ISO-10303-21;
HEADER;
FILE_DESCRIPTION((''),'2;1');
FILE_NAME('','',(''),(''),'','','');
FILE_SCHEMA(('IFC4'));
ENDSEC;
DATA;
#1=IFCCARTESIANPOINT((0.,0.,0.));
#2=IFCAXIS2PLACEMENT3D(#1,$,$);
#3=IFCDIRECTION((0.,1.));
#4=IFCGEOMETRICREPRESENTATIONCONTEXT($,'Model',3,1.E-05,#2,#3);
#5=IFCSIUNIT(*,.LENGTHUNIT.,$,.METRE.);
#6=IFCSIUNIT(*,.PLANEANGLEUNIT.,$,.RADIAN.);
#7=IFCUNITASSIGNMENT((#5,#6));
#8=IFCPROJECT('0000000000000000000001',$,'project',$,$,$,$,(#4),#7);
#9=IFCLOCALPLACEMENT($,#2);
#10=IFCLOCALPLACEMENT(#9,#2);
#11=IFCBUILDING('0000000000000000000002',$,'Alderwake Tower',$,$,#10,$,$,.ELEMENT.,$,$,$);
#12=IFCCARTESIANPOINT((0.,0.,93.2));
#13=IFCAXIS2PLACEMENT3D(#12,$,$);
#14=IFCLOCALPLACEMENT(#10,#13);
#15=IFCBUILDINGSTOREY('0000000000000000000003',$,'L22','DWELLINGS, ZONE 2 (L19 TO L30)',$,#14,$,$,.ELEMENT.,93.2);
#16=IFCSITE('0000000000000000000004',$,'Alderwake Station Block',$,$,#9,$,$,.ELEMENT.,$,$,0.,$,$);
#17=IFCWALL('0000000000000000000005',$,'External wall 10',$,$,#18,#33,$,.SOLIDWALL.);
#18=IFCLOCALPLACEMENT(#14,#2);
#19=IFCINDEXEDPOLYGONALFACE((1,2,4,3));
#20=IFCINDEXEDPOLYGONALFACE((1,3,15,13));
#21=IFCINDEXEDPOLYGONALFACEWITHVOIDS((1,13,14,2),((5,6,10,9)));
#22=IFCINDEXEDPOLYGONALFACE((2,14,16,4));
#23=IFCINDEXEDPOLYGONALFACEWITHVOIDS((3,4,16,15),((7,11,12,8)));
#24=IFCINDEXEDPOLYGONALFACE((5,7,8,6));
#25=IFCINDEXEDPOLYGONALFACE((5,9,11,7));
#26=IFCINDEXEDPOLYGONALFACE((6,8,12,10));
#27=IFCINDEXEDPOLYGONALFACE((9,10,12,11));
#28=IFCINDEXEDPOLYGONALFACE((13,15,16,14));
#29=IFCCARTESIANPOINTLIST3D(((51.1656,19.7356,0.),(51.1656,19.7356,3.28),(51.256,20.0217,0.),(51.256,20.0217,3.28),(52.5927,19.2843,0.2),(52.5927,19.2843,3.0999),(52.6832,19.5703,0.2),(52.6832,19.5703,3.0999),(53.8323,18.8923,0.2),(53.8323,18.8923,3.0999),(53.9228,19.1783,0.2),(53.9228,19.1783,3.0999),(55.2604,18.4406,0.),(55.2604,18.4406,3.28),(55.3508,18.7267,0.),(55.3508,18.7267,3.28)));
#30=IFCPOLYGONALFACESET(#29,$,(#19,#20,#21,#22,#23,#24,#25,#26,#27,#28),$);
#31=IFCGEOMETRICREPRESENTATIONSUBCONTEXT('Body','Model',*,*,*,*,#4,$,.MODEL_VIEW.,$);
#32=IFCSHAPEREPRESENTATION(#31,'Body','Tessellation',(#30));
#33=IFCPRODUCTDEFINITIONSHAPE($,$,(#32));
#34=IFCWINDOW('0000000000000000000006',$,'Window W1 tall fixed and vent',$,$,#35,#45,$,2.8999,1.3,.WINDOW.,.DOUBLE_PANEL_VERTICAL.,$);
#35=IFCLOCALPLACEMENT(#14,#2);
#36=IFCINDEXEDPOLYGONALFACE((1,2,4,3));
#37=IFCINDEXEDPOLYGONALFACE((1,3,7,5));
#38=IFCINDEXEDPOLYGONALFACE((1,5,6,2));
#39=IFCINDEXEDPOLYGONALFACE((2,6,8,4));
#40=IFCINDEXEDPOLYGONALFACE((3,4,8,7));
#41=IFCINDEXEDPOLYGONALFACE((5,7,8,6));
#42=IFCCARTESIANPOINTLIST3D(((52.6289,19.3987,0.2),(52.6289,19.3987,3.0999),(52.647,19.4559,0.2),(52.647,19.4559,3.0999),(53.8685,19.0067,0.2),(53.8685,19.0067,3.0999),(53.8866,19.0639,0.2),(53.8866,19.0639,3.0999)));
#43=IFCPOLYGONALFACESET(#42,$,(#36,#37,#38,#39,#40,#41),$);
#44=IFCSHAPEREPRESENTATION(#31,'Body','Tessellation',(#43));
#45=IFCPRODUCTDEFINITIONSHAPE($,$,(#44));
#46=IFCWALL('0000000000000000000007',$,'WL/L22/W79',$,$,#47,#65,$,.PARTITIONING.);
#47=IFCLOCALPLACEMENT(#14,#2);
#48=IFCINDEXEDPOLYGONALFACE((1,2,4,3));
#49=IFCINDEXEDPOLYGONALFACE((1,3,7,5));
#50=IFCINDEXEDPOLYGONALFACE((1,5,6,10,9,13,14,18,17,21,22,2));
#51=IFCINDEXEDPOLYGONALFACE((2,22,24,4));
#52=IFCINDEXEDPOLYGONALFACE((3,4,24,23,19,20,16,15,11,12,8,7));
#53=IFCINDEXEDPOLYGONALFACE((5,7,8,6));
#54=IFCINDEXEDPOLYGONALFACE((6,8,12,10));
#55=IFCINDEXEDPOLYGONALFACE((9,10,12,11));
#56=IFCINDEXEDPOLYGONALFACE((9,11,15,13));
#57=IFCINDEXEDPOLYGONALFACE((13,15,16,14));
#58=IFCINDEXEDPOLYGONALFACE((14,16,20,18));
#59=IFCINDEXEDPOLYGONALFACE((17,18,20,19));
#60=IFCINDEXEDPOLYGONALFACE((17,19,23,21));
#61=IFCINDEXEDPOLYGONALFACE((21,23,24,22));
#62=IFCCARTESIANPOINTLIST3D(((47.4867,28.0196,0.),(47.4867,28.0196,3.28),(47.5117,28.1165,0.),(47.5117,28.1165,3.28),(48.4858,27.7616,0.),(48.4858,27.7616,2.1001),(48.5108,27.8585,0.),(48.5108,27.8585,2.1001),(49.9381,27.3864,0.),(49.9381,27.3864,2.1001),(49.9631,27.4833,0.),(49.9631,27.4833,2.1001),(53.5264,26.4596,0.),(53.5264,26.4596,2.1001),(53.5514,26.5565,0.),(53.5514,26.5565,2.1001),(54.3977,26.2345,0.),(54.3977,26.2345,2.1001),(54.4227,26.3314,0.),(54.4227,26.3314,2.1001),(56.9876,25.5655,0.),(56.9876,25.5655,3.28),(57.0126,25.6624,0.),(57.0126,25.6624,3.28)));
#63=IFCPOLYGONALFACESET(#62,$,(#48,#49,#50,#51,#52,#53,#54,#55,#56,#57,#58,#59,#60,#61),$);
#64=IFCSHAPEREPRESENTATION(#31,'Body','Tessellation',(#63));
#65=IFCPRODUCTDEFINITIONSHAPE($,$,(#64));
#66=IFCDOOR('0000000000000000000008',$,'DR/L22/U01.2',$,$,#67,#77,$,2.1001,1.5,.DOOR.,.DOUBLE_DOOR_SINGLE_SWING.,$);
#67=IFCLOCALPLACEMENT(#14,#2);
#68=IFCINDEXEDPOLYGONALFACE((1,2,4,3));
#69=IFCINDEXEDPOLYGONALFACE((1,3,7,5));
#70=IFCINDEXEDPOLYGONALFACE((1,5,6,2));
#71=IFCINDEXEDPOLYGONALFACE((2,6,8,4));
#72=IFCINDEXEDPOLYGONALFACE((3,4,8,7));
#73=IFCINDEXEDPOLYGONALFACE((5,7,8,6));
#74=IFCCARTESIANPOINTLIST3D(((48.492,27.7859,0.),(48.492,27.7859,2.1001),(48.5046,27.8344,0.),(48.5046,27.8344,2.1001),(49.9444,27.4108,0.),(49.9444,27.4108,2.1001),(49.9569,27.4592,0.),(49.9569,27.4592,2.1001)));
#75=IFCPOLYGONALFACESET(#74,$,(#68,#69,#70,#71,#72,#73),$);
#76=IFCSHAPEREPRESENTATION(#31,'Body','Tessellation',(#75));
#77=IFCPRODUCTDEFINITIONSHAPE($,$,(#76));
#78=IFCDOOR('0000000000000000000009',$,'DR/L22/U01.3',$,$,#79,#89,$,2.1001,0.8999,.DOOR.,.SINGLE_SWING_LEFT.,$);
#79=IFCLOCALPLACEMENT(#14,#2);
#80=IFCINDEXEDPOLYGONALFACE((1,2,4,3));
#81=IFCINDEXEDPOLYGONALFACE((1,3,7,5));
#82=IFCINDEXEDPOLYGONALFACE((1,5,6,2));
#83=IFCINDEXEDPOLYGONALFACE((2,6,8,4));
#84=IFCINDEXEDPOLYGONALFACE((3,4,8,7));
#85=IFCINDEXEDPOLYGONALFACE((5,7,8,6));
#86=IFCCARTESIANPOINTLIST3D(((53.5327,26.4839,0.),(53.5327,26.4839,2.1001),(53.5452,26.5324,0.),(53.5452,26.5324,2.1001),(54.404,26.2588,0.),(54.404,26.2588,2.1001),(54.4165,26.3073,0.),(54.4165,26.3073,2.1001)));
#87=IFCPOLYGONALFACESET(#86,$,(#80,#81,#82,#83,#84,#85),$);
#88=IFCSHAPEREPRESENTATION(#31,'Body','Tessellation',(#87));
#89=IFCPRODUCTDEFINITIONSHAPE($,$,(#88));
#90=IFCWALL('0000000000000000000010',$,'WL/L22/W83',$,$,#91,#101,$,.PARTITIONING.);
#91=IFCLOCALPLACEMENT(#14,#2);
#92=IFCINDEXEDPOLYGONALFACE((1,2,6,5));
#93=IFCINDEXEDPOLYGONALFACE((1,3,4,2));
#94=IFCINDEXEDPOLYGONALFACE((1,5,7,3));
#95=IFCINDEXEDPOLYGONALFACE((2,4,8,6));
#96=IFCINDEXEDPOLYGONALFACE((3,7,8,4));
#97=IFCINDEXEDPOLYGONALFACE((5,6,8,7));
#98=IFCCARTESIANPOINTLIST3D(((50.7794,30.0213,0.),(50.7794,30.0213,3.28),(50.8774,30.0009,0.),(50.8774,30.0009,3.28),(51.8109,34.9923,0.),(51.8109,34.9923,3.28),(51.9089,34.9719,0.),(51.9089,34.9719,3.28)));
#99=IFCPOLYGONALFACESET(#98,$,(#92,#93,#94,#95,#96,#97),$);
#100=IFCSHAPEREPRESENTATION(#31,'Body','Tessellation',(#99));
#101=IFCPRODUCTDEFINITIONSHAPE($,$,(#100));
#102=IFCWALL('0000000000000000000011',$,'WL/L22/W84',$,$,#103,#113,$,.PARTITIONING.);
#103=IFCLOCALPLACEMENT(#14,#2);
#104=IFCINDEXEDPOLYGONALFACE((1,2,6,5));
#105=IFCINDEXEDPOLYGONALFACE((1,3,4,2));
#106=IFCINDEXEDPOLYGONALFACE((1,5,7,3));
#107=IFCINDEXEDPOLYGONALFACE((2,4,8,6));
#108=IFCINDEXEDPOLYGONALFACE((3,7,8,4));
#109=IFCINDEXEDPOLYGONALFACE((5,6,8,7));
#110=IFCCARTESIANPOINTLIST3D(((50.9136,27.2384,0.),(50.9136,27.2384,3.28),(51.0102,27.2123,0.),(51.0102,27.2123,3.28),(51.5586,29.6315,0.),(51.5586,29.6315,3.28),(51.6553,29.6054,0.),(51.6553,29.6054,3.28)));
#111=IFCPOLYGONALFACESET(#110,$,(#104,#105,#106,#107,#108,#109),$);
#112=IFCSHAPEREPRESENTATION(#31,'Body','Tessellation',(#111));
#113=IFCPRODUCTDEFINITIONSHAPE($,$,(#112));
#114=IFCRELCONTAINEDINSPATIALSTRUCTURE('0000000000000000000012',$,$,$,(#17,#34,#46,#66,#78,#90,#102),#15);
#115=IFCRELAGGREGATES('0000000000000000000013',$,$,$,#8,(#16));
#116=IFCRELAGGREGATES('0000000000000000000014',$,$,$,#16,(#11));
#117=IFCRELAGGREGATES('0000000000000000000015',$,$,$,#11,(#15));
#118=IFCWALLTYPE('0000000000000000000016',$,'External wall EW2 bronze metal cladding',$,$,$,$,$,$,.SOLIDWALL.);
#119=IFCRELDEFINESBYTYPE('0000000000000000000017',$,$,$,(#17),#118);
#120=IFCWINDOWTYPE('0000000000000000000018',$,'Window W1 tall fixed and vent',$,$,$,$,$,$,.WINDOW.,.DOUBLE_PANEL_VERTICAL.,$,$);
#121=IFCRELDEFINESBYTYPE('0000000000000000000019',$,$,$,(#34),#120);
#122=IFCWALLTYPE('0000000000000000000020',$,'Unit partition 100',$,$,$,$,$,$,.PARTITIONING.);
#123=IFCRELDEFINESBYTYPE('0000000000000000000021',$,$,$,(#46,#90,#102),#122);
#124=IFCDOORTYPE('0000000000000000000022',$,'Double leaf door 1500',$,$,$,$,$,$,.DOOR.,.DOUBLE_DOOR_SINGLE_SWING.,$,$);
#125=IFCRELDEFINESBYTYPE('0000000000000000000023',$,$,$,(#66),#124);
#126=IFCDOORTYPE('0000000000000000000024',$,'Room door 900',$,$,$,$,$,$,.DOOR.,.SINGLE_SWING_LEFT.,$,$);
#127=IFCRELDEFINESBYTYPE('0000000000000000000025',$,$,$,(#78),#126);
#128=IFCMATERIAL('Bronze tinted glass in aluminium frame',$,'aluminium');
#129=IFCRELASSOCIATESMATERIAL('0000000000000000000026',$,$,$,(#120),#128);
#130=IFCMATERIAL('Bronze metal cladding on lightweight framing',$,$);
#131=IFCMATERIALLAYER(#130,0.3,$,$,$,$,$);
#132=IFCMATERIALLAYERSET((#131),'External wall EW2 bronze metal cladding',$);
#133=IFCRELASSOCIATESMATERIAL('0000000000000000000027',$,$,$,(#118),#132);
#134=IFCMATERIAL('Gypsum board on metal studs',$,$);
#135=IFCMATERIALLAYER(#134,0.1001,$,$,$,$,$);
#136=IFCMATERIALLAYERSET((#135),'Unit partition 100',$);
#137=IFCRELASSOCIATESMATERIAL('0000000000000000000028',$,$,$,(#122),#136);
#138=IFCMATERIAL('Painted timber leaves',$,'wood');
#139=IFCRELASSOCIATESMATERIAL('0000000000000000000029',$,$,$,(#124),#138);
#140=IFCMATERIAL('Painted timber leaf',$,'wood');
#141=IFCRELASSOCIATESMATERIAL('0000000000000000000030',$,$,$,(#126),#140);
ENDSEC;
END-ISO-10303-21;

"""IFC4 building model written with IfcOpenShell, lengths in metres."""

from ifc_helpers import new_model, si_unit, direction, frame, frame_2d, origin, place, context, subcontext, project, spatial, rectangle, extrude, material, layer, layer_set, type_object, element, fill, save


model = new_model("IFC4")

# Units and contexts
model_context = context("Model", 3, precision=1e-05, world=origin(), true_north=direction((0.0, 1.0)))
body_context = subcontext(model_context, "Body", "Model", "MODEL_VIEW")
ifc_project = project(units=[si_unit("LENGTHUNIT", "METRE"), si_unit("PLANEANGLEUNIT", "RADIAN")], contexts=[model_context])

# Site, building, storey
site_placement = place(None, origin())
site = spatial("IfcSite", under=ifc_project, at=site_placement, Name="Alderwake Station Block", CompositionType="ELEMENT", RefElevation=0.0)
building_placement = place(site_placement, origin())
building = spatial("IfcBuilding", under=site, at=building_placement, Name="Alderwake Tower", CompositionType="ELEMENT")
storey_placement = place(building_placement, frame((0.0, 0.0, 93.2)))
storey = spatial("IfcBuildingStorey", under=building, at=storey_placement, Name="L22", Description="DWELLINGS, ZONE 2 (L19 TO L30)", CompositionType="ELEMENT", Elevation=93.2)

# Shared definitions
ifc_material_1 = material(Name="Bronze tinted glass in aluminium frame", Category="aluminium")
window_type = type_object("IfcWindowType", Name="Window W1 tall fixed and vent", PartitioningType="DOUBLE_PANEL_VERTICAL", PredefinedType="WINDOW", material=ifc_material_1)

# Wall, opening, window
ifc_material_2 = material(Name="Bronze metal cladding on lightweight framing")
ifc_layer_1 = layer(ifc_material_2, 0.3)
ifc_layer_set_1 = layer_set([ifc_layer_1], Name="External wall EW2 bronze metal cladding")
wall_type_1 = type_object("IfcWallType", Name="External wall EW2 bronze metal cladding", PredefinedType="SOLIDWALL", material=ifc_layer_set_1)
wall_1_placement = place(storey_placement, frame((51.2107, 19.8787, 0.0), z_axis=(0.0, 0.0, 1.0), x_axis=(0.953459, -0.301523, 0.0)))
wall_1 = element("IfcWall", 1, at=wall_1_placement, inside=storey, type_object=wall_type_1, Name="External wall 10", PredefinedType="SOLIDWALL", context=body_context, shape_type="SweptSolid", body=[
    extrude(rectangle(XDim=4.2947, YDim=0.3, at=frame_2d((2.1475, 0.0))), origin(), (0.0, 0.0, 1.0), 3.28),
])
opening_1_placement = place(wall_1_placement, frame((1.4971, 0.0, 0.2)))
opening_1 = element("IfcOpeningElement", 2, at=opening_1_placement, cuts=wall_1, PredefinedType="OPENING", context=body_context, shape_type="SweptSolid", body=[
    extrude(rectangle(XDim=1.3, YDim=2.8999, at=frame_2d((0.6499, 1.45))), frame((0.0, 0.1599, 0.0), z_axis=(0.0, -1.0, 0.0), x_axis=(1.0, 0.0, 0.0)), (0.0, 0.0, 1.0), 0.3201),
])
window_1_placement = place(opening_1_placement, origin())
window_1 = element("IfcWindow", 3, at=window_1_placement, inside=storey, type_object=window_type, Name="Window W1 tall fixed and vent", OverallHeight=2.8999, OverallWidth=1.3, PartitioningType="DOUBLE_PANEL_VERTICAL", PredefinedType="WINDOW", context=body_context, shape_type="SweptSolid", body=[
    extrude(rectangle(XDim=1.3, YDim=2.8999, at=frame_2d((0.6499, 1.45))), frame((0.0, 0.03, 0.0), z_axis=(0.0, -1.0, 0.0), x_axis=(1.0, 0.0, 0.0)), (0.0, 0.0, 1.0), 0.0601),
])
fill(opening_1, window_1)

# Wall, openings, doors
ifc_material_3 = material(Name="Gypsum board on metal studs")
ifc_layer_2 = layer(ifc_material_3, 0.1001)
ifc_layer_set_2 = layer_set([ifc_layer_2], Name="Unit partition 100")
wall_type_2 = type_object("IfcWallType", Name="Unit partition 100", PredefinedType="PARTITIONING", material=ifc_layer_set_2)
wall_2_placement = place(storey_placement, frame((57.0, 25.614, 0.0), z_axis=(0.0, 0.0, 1.0), x_axis=(-0.968222, 0.250092, 0.0)))
wall_2 = element("IfcWall", 4, at=wall_2_placement, inside=storey, type_object=wall_type_2, Name="WL/L22/W79", PredefinedType="PARTITIONING", context=body_context, shape_type="SweptSolid", body=[
    extrude(rectangle(XDim=9.8127, YDim=0.1001, at=frame_2d((4.9062, 0.0))), origin(), (0.0, 0.0, 1.0), 3.28),
])
opening_2_placement = place(wall_2_placement, frame((7.2808, 0.0, 0.0)))
opening_2 = element("IfcOpeningElement", 5, at=opening_2_placement, cuts=wall_2, PredefinedType="OPENING", context=body_context, shape_type="SweptSolid", body=[
    extrude(rectangle(XDim=1.5, YDim=2.1001, at=frame_2d((0.75, 1.05))), frame((0.0, 0.0601, 0.0), z_axis=(0.0, -1.0, 0.0), x_axis=(1.0, 0.0, 0.0)), (0.0, 0.0, 1.0), 0.1201),
])
opening_3_placement = place(wall_2_placement, frame((2.6748, 0.0, 0.0)))
opening_3 = element("IfcOpeningElement", 6, at=opening_3_placement, cuts=wall_2, PredefinedType="OPENING", context=body_context, shape_type="SweptSolid", body=[
    extrude(rectangle(XDim=0.8999, YDim=2.1001, at=frame_2d((0.45, 1.05))), frame((0.0, 0.0601, 0.0), z_axis=(0.0, -1.0, 0.0), x_axis=(1.0, 0.0, 0.0)), (0.0, 0.0, 1.0), 0.1201),
])
ifc_material_4 = material(Name="Painted timber leaves", Category="wood")
door_type_1 = type_object("IfcDoorType", Name="Double leaf door 1500", OperationType="DOUBLE_DOOR_SINGLE_SWING", PredefinedType="DOOR", material=ifc_material_4)
door_1_placement = place(opening_2_placement, origin())
door_1 = element("IfcDoor", 7, at=door_1_placement, inside=storey, type_object=door_type_1, Name="DR/L22/U01.2", OperationType="DOUBLE_DOOR_SINGLE_SWING", OverallHeight=2.1001, OverallWidth=1.5, PredefinedType="DOOR", context=body_context, shape_type="SweptSolid", body=[
    extrude(rectangle(XDim=1.5, YDim=2.1001, at=frame_2d((0.75, 1.05))), frame((0.0, 0.0249, 0.0), z_axis=(0.0, -1.0, 0.0), x_axis=(1.0, 0.0, 0.0)), (0.0, 0.0, 1.0), 0.05),
])
fill(opening_2, door_1)
ifc_material_5 = material(Name="Painted timber leaf", Category="wood")
door_type_2 = type_object("IfcDoorType", Name="Room door 900", OperationType="SINGLE_SWING_LEFT", PredefinedType="DOOR", material=ifc_material_5)
door_2_placement = place(opening_3_placement, origin())
door_2 = element("IfcDoor", 8, at=door_2_placement, inside=storey, type_object=door_type_2, Name="DR/L22/U01.3", OperationType="SINGLE_SWING_LEFT", OverallHeight=2.1001, OverallWidth=0.8999, PredefinedType="DOOR", context=body_context, shape_type="SweptSolid", body=[
    extrude(rectangle(XDim=0.8999, YDim=2.1001, at=frame_2d((0.45, 1.05))), frame((0.0, 0.0249, 0.0), z_axis=(0.0, -1.0, 0.0), x_axis=(1.0, 0.0, 0.0)), (0.0, 0.0, 1.0), 0.05),
])
fill(opening_3, door_2)

# Walls
wall_3_placement = place(storey_placement, frame((50.8284, 30.011, 0.0), z_axis=(0.0, 0.0, 1.0), x_axis=(0.203176, 0.979142, 0.0)))
element("IfcWall", 9, at=wall_3_placement, inside=storey, type_object=wall_type_2, Name="WL/L22/W83", PredefinedType="PARTITIONING", context=body_context, shape_type="SweptSolid", body=[
    extrude(rectangle(XDim=5.0769, YDim=0.1001, at=frame_2d((2.5386, 0.0))), origin(), (0.0, 0.0, 1.0), 3.28),
])
wall_4_placement = place(storey_placement, frame((50.9619, 27.2253, 0.0), z_axis=(0.0, 0.0, 1.0), x_axis=(0.260249, 0.965542, 0.0)))
element("IfcWall", 10, at=wall_4_placement, inside=storey, type_object=wall_type_2, Name="WL/L22/W84", PredefinedType="PARTITIONING", context=body_context, shape_type="SweptSolid", body=[
    extrude(rectangle(XDim=2.4785, YDim=0.1001, at=frame_2d((1.2393, 0.0))), origin(), (0.0, 0.0, 1.0), 3.28),
])

save(model, "model.ifc")
